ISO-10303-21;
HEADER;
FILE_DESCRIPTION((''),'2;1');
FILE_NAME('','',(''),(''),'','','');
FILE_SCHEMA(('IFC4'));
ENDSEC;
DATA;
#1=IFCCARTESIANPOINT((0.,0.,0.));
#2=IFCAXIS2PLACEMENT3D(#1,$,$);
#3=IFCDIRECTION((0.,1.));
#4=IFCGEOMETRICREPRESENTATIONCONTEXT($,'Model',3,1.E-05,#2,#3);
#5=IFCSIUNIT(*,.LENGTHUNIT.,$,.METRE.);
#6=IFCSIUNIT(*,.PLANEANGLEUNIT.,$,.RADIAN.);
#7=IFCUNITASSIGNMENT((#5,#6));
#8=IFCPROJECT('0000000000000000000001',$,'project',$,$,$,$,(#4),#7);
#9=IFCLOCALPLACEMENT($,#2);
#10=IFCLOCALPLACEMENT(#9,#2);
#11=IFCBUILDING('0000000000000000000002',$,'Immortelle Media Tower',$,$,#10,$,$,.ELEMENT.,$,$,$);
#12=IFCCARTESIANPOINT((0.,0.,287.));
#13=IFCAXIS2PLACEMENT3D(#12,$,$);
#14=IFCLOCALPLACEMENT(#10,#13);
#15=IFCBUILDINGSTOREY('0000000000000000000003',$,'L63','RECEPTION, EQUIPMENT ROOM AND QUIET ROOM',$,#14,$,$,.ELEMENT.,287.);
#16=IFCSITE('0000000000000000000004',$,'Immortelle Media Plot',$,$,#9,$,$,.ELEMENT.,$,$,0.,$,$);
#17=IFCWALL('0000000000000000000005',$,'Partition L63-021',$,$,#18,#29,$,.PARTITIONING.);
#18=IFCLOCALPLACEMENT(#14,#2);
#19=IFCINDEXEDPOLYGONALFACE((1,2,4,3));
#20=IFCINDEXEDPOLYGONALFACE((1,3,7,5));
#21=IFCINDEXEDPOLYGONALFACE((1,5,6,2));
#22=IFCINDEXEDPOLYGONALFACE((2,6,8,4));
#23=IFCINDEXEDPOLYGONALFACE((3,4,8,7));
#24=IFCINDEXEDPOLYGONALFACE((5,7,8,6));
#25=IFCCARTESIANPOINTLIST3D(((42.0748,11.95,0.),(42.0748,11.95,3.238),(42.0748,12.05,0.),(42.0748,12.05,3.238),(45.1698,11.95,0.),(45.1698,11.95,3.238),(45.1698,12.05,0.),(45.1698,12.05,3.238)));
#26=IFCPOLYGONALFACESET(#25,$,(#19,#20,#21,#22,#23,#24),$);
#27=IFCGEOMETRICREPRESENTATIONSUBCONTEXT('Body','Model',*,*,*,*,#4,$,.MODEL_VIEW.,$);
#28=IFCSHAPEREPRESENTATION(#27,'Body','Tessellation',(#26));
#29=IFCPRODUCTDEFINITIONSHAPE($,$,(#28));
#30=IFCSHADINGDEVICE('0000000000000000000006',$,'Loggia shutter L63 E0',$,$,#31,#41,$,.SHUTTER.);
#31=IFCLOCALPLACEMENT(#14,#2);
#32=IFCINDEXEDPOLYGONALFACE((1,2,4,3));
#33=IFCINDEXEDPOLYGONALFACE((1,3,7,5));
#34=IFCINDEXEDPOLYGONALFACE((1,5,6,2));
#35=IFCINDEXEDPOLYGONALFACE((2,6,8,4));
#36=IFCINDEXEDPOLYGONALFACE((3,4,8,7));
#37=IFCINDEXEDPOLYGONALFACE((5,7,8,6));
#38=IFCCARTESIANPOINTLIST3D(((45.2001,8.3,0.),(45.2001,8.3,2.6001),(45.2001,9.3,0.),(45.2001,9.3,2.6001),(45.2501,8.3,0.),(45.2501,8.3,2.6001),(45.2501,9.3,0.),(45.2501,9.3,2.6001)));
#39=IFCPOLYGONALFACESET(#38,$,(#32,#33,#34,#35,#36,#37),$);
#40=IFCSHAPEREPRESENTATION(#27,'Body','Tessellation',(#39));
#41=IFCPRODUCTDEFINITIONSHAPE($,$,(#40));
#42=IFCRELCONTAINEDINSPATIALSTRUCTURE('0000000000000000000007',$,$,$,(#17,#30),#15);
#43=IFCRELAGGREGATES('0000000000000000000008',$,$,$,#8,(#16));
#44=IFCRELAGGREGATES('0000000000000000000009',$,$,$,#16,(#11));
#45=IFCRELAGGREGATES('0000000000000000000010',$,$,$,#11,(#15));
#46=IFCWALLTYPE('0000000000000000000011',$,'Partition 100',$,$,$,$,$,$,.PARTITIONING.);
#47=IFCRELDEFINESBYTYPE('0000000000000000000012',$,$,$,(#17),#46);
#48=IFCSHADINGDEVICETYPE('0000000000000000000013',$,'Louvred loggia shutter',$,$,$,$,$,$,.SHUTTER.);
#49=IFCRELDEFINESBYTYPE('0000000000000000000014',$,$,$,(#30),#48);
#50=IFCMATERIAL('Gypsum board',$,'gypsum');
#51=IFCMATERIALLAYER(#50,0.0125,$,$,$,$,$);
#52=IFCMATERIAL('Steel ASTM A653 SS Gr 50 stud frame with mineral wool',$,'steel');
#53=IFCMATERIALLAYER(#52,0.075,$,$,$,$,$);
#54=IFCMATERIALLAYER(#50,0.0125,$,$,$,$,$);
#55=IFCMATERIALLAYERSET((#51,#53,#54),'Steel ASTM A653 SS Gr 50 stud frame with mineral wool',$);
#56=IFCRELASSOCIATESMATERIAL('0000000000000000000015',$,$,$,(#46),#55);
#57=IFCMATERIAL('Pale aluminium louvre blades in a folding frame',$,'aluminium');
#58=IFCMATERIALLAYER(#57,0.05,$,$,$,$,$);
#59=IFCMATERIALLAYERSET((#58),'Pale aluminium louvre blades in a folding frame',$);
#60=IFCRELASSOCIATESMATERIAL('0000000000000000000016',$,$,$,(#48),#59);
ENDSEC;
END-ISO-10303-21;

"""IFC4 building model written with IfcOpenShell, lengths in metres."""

from ifc_helpers import new_model, si_unit, direction, frame, frame_2d, origin, origin_2d, place, context, subcontext, project, spatial, rectangle, extrude, material, layer, layer_set, type_object, element, save


model = new_model("IFC4")

# Units and contexts
model_context = context("Model", 3, precision=1e-05, world=origin(), true_north=direction((0.0, 1.0)))
body_context = subcontext(model_context, "Body", "Model", "MODEL_VIEW")
ifc_project = project(units=[si_unit("LENGTHUNIT", "METRE"), si_unit("PLANEANGLEUNIT", "RADIAN")], contexts=[model_context])

# Site, building, storey
site_placement = place(None, origin())
site = spatial("IfcSite", under=ifc_project, at=site_placement, Name="Immortelle Media Plot", CompositionType="ELEMENT", RefElevation=0.0)
building_placement = place(site_placement, origin())
building = spatial("IfcBuilding", under=site, at=building_placement, Name="Immortelle Media Tower", CompositionType="ELEMENT")
storey_placement = place(building_placement, frame((0.0, 0.0, 287.0)))
storey = spatial("IfcBuildingStorey", under=building, at=storey_placement, Name="L63", Description="RECEPTION, EQUIPMENT ROOM AND QUIET ROOM", CompositionType="ELEMENT", Elevation=287.0)

# Shared definitions
ifc_material_1 = material(Name="Steel ASTM A653 SS Gr 50 stud frame with mineral wool", Category="steel")

# Wall
ifc_material_2 = material(Name="Gypsum board", Category="gypsum")
ifc_layer_1 = layer(ifc_material_2, 0.0125)
ifc_layer_2 = layer(ifc_material_1, 0.075)
ifc_layer_3 = layer(ifc_material_2, 0.0125)
ifc_layer_set_1 = layer_set([ifc_layer_1, ifc_layer_2, ifc_layer_3], Name="Steel ASTM A653 SS Gr 50 stud frame with mineral wool")
wall_type_1 = type_object("IfcWallType", Name="Partition 100", PredefinedType="PARTITIONING", material=ifc_layer_set_1)
for number, where, z_axis, x_axis, name in (
    (1, (42.075, 12.0, 0.0), (0.0, 0.0, 1.0), (1.0, 0.0, 0.0), "Partition L63-021"),
):
    element("IfcWall", number, at=place(storey_placement, frame(where, z_axis=z_axis, x_axis=x_axis)), inside=storey, type_object=wall_type_1, Name=name, PredefinedType="PARTITIONING", context=body_context, shape_type="SweptSolid", body=[
        extrude(rectangle(XDim=3.095, YDim=0.1001, at=frame_2d((1.5474, 0.0))), origin(), (0.0, 0.0, 1.0), 3.238),
    ])

# Shading device
ifc_material_3 = material(Name="Pale aluminium louvre blades in a folding frame", Category="aluminium")
ifc_layer_4 = layer(ifc_material_3, 0.05)
ifc_layer_set_2 = layer_set([ifc_layer_4], Name="Pale aluminium louvre blades in a folding frame")
shading_device_type = type_object("IfcShadingDeviceType", Name="Louvred loggia shutter", PredefinedType="SHUTTER", material=ifc_layer_set_2)
shading_device_placement = place(storey_placement, frame((45.2251, 8.8, 0.0), z_axis=(0.0, 0.0, 1.0), x_axis=(0.0, 1.0, 0.0)))
element("IfcShadingDevice", 2, at=shading_device_placement, inside=storey, type_object=shading_device_type, Name="Loggia shutter L63 E0", PredefinedType="SHUTTER", context=body_context, shape_type="SweptSolid", body=[
    extrude(rectangle(XDim=1.0, YDim=0.05, at=origin_2d()), origin(), (0.0, 0.0, 1.0), 2.6001),
])

save(model, "model.ifc")
